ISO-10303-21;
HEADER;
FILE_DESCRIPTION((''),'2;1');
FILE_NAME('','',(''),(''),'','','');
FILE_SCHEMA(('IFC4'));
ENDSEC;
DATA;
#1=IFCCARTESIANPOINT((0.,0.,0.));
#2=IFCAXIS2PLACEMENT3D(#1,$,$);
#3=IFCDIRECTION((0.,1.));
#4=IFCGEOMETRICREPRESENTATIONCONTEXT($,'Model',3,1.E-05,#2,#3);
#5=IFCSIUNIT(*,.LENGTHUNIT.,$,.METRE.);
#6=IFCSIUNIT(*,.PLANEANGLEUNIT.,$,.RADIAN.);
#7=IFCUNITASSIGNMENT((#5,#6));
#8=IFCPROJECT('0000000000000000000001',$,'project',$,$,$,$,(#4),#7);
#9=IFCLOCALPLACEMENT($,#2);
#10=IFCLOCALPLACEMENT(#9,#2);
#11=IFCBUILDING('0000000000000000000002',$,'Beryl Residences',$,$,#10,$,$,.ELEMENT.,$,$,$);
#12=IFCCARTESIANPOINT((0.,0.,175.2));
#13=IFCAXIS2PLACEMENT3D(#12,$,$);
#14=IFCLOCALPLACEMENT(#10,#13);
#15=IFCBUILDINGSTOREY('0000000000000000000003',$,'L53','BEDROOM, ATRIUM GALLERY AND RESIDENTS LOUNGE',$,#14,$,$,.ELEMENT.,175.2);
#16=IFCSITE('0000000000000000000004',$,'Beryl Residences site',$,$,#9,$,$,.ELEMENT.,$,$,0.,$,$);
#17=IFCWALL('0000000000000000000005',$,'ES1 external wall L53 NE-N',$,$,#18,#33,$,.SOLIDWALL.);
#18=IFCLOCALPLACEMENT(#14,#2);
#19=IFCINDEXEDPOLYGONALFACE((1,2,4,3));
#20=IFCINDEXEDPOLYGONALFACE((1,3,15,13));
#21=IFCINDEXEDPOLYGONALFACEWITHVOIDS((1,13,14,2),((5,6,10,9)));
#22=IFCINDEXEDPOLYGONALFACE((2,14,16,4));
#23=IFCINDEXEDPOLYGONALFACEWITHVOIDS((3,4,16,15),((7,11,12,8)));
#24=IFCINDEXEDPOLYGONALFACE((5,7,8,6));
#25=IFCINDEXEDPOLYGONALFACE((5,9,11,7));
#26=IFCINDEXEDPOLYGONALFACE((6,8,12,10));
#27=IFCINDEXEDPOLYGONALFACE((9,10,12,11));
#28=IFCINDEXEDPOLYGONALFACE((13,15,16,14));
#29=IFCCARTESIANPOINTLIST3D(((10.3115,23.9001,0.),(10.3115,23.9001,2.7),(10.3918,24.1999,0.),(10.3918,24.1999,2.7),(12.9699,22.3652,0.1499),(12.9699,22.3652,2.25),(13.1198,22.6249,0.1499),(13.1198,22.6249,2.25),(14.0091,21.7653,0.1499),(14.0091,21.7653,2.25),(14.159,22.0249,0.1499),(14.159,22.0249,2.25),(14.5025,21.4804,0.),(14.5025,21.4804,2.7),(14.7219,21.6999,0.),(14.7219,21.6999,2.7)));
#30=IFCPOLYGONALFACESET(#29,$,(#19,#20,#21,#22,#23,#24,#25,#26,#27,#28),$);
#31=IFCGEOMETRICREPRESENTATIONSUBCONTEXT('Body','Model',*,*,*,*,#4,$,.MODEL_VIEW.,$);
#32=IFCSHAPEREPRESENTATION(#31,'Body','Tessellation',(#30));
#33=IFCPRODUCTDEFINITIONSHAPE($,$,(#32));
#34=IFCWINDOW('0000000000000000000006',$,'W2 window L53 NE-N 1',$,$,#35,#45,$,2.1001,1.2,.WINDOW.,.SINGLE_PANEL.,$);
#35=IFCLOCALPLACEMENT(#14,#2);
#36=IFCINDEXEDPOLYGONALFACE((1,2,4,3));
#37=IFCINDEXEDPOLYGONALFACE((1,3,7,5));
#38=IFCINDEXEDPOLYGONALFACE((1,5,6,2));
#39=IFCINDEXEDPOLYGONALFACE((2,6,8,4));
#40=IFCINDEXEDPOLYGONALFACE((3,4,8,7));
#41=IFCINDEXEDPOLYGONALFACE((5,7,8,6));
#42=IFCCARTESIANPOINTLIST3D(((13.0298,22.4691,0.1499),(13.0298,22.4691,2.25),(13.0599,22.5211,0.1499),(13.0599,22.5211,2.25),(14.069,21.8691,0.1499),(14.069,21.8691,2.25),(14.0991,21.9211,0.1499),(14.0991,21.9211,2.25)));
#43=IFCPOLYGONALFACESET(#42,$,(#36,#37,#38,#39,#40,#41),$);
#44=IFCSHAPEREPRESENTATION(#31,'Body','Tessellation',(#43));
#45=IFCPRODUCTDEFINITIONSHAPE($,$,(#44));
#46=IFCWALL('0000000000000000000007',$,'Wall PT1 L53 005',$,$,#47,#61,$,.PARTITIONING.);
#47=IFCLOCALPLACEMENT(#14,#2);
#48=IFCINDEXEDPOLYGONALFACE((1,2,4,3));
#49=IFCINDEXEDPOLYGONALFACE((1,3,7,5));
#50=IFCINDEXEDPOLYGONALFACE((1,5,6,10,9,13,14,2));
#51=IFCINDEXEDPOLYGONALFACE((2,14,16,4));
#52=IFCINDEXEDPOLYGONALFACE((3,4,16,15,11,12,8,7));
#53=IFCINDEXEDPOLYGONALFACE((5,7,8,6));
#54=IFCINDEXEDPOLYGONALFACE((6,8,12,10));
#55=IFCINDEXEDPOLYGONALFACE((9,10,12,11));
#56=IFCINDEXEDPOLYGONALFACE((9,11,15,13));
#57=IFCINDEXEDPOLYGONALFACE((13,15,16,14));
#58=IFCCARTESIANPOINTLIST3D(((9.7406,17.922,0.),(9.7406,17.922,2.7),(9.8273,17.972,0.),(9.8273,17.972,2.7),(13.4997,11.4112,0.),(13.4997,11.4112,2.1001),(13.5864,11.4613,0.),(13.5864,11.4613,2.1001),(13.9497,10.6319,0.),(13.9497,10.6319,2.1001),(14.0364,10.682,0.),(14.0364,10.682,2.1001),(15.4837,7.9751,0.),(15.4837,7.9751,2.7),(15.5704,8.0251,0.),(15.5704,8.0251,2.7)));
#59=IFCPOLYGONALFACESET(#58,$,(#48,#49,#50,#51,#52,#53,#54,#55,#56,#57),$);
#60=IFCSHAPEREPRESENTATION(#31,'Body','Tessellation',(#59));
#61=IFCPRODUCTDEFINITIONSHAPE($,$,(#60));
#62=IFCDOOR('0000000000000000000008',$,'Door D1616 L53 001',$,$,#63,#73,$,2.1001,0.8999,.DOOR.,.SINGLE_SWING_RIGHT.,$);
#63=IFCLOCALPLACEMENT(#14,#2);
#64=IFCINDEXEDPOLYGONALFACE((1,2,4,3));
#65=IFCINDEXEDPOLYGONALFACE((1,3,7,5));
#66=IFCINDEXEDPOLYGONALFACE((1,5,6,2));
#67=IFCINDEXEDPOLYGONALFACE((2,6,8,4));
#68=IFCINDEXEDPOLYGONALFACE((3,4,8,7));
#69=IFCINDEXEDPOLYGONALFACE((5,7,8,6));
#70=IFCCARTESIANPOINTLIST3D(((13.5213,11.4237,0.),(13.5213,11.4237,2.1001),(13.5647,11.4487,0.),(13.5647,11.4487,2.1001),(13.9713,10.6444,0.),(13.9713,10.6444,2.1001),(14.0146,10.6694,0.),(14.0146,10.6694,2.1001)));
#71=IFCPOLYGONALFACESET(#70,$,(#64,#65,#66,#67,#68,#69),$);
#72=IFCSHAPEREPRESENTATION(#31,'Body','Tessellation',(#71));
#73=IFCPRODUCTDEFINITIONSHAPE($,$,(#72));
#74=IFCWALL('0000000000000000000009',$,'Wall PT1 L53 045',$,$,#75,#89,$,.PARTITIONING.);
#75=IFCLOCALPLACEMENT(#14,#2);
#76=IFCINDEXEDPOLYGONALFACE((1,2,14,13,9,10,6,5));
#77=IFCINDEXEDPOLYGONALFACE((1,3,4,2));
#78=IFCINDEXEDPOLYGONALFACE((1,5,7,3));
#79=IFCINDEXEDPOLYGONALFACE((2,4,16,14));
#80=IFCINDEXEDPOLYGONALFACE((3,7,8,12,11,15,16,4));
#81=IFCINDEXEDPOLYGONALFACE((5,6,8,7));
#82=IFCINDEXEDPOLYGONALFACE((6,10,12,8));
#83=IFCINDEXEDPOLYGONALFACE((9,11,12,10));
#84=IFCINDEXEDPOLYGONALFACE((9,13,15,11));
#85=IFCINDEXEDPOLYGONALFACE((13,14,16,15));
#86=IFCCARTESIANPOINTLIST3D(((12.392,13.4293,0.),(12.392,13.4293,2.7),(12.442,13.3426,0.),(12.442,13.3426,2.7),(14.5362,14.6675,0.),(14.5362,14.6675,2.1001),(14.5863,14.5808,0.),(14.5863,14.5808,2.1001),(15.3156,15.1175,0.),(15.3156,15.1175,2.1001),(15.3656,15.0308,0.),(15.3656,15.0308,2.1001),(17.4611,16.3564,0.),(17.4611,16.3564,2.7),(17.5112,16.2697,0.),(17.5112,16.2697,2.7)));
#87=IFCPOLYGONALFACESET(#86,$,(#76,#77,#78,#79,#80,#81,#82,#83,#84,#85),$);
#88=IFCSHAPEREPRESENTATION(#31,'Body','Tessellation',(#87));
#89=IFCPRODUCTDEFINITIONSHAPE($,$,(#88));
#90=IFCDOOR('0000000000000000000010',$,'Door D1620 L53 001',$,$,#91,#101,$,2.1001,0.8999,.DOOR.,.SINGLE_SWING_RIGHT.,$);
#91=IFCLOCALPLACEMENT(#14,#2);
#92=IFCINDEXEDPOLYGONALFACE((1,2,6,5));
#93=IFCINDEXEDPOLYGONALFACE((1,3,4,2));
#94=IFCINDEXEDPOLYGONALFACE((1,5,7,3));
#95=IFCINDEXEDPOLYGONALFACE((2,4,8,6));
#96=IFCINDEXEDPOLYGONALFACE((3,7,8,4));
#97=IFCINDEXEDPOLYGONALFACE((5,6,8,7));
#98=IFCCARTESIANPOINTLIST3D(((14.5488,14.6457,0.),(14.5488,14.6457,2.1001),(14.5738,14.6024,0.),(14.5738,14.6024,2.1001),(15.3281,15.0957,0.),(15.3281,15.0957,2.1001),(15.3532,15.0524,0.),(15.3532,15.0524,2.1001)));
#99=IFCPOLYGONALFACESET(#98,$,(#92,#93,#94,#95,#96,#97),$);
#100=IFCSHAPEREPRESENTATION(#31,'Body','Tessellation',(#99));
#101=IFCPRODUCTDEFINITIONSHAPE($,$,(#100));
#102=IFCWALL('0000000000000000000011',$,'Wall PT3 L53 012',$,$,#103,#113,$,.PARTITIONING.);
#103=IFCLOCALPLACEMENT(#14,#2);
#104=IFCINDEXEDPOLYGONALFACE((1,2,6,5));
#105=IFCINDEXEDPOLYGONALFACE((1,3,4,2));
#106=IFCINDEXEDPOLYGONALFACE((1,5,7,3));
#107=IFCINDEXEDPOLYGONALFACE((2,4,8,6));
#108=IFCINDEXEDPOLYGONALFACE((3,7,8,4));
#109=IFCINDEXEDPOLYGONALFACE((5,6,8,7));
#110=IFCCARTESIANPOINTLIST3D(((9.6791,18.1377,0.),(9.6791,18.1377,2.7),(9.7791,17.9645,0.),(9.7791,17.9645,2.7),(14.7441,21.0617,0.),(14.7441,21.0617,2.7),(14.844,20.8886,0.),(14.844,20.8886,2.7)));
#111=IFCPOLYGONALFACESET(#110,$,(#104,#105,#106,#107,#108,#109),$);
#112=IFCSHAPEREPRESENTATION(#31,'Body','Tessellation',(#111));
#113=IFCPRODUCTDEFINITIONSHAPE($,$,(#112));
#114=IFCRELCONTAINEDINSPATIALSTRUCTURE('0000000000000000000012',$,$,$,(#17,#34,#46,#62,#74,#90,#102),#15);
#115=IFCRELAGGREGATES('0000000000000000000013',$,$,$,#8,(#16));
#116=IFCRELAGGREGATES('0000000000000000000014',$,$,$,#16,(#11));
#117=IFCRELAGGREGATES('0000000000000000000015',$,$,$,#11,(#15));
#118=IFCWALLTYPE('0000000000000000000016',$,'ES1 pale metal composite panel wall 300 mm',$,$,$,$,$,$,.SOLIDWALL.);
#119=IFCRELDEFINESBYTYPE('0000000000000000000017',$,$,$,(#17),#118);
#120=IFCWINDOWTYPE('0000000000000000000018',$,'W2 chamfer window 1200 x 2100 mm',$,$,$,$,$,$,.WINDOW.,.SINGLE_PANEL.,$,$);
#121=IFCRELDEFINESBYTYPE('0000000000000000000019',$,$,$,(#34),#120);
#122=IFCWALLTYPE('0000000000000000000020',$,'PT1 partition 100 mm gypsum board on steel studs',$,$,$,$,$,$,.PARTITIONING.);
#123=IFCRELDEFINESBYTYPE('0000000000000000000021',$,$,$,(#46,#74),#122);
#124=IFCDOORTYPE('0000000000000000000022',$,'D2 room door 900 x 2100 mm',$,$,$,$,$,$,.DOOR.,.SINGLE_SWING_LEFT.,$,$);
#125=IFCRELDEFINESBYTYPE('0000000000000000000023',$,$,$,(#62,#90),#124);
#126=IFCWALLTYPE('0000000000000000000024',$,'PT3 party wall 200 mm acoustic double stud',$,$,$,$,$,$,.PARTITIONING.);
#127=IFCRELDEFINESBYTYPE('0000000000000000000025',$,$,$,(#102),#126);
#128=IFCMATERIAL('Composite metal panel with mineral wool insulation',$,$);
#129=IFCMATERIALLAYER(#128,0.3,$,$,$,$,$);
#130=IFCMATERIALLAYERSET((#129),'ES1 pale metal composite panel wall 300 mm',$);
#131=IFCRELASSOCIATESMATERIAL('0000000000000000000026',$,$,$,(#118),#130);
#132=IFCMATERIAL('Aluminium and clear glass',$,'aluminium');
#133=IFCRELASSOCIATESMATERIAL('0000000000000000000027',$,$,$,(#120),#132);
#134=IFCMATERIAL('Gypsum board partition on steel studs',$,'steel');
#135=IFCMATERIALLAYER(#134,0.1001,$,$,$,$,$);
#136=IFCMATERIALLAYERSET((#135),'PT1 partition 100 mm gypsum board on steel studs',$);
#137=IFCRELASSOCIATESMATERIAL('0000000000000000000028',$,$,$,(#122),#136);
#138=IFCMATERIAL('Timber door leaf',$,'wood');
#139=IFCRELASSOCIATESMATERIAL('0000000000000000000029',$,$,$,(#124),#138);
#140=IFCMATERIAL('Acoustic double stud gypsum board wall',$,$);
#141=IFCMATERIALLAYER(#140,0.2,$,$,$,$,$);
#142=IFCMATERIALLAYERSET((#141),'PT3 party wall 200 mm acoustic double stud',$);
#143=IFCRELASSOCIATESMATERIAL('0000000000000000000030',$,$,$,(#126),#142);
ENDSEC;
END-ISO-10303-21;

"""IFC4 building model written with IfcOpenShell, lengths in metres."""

from ifc_helpers import new_model, si_unit, direction, frame, frame_2d, origin, place, context, subcontext, project, spatial, polyline, rectangle, outline, extrude, material, layer, layer_set, type_object, element, fill, save


model = new_model("IFC4")

# Units and contexts
model_context = context("Model", 3, precision=1e-05, world=origin(), true_north=direction((0.0, 1.0)))
body_context = subcontext(model_context, "Body", "Model", "MODEL_VIEW")
ifc_project = project(units=[si_unit("LENGTHUNIT", "METRE"), si_unit("PLANEANGLEUNIT", "RADIAN")], contexts=[model_context])

# Site, building, storey
site_placement = place(None, origin())
site = spatial("IfcSite", under=ifc_project, at=site_placement, Name="Beryl Residences site", CompositionType="ELEMENT", RefElevation=0.0)
building_placement = place(site_placement, origin())
building = spatial("IfcBuilding", under=site, at=building_placement, Name="Beryl Residences", CompositionType="ELEMENT")
storey_placement = place(building_placement, frame((0.0, 0.0, 175.2)))
storey = spatial("IfcBuildingStorey", under=building, at=storey_placement, Name="L53", Description="BEDROOM, ATRIUM GALLERY AND RESIDENTS LOUNGE", CompositionType="ELEMENT", Elevation=175.2)

# Shared definitions
ifc_material_1 = material(Name="Composite metal panel with mineral wool insulation")
ifc_layer_1 = layer(ifc_material_1, 0.3)
ifc_layer_set_1 = layer_set([ifc_layer_1], Name="ES1 pale metal composite panel wall 300 mm")
wall_type_1 = type_object("IfcWallType", Name="ES1 pale metal composite panel wall 300 mm", PredefinedType="SOLIDWALL", material=ifc_layer_set_1)

# Wall, opening, window
wall_1_placement = place(storey_placement, frame((14.647, 21.5701, 0.0), z_axis=(0.0, 0.0, 1.0), x_axis=(-0.866023, 0.500004, 0.0)))
wall_1 = element("IfcWall", 1, at=wall_1_placement, inside=storey, type_object=wall_type_1, Name="ES1 external wall L53 NE-N", PredefinedType="SOLIDWALL", context=body_context, shape_type="SweptSolid", body=[
    extrude(outline(polyline([(0.0, -0.1499), (5.0, -0.1499), (4.9197, 0.1499), (0.0803, 0.1499), (0.0, -0.1499)])), origin(), (0.0, 0.0, 1.0), 2.7),
])
opening_1_placement = place(wall_1_placement, frame((0.6499, 0.0, 0.1499)))
opening_1 = element("IfcOpeningElement", 2, at=opening_1_placement, cuts=wall_1, PredefinedType="OPENING", context=body_context, shape_type="SweptSolid", body=[
    extrude(rectangle(XDim=1.2, YDim=2.1001, at=frame_2d((0.6001, 1.05))), frame((0.0, 0.1599, 0.0), z_axis=(0.0, -1.0, 0.0), x_axis=(1.0, 0.0, 0.0)), (0.0, 0.0, 1.0), 0.3201),
])
ifc_material_2 = material(Name="Aluminium and clear glass", Category="aluminium")
window_type_1 = type_object("IfcWindowType", Name="W2 chamfer window 1200 x 2100 mm", PartitioningType="SINGLE_PANEL", PredefinedType="WINDOW", material=ifc_material_2)
window_1_placement = place(opening_1_placement, origin())
window_1 = element("IfcWindow", 3, at=window_1_placement, inside=storey, type_object=window_type_1, Name="W2 window L53 NE-N 1", OverallHeight=2.1001, OverallWidth=1.2, PartitioningType="SINGLE_PANEL", PredefinedType="WINDOW", context=body_context, shape_type="SweptSolid", body=[
    extrude(rectangle(XDim=1.2, YDim=2.1001, at=frame_2d((0.6001, 1.05))), frame((0.0, 0.03, 0.0), z_axis=(0.0, -1.0, 0.0), x_axis=(1.0, 0.0, 0.0)), (0.0, 0.0, 1.0), 0.0601),
])
fill(opening_1, window_1)

# Walls, openings, doors
ifc_material_3 = material(Name="Gypsum board partition on steel studs", Category="steel")
ifc_layer_2 = layer(ifc_material_3, 0.1001)
ifc_layer_set_2 = layer_set([ifc_layer_2], Name="PT1 partition 100 mm gypsum board on steel studs")
wall_type_2 = type_object("IfcWallType", Name="PT1 partition 100 mm gypsum board on steel studs", PredefinedType="PARTITIONING", material=ifc_layer_set_2)
wall_2_placement = place(storey_placement, frame((9.7839, 17.947, 0.0), z_axis=(0.0, 0.0, 1.0), x_axis=(0.500016, -0.866016, 0.0)))
wall_2 = element("IfcWall", 4, at=wall_2_placement, inside=storey, type_object=wall_type_2, Name="Wall PT1 L53 005", PredefinedType="PARTITIONING", context=body_context, shape_type="SweptSolid", body=[
    extrude(rectangle(XDim=11.4858, YDim=0.1001, at=frame_2d((5.7429, 0.0))), origin(), (0.0, 0.0, 1.0), 2.7),
])
opening_2_placement = place(wall_2_placement, frame((7.5181, 0.0, 0.0)))
opening_2 = element("IfcOpeningElement", 5, at=opening_2_placement, cuts=wall_2, PredefinedType="OPENING", context=body_context, shape_type="SweptSolid", body=[
    extrude(rectangle(XDim=0.8999, YDim=2.1001, at=frame_2d((0.45, 1.05))), frame((0.0, 0.0601, 0.0), z_axis=(0.0, -1.0, 0.0), x_axis=(1.0, 0.0, 0.0)), (0.0, 0.0, 1.0), 0.1201),
])
ifc_material_4 = material(Name="Timber door leaf", Category="wood")
door_type = type_object("IfcDoorType", Name="D2 room door 900 x 2100 mm", OperationType="SINGLE_SWING_LEFT", PredefinedType="DOOR", material=ifc_material_4)
door_1_placement = place(opening_2_placement, origin())
door_1 = element("IfcDoor", 6, at=door_1_placement, inside=storey, type_object=door_type, Name="Door D1616 L53 001", OperationType="SINGLE_SWING_RIGHT", OverallHeight=2.1001, OverallWidth=0.8999, PredefinedType="DOOR", context=body_context, shape_type="SweptSolid", body=[
    extrude(rectangle(XDim=0.8999, YDim=2.1001, at=frame_2d((0.45, 1.05))), frame((0.0, 0.0249, 0.0), z_axis=(0.0, -1.0, 0.0), x_axis=(1.0, 0.0, 0.0)), (0.0, 0.0, 1.0), 0.05),
])
fill(opening_2, door_1)
wall_3_placement = place(storey_placement, frame((12.417, 13.386, 0.0), z_axis=(0.0, 0.0, 1.0), x_axis=(0.865999, 0.500046, 0.0)))
wall_3 = element("IfcWall", 7, at=wall_3_placement, inside=storey, type_object=wall_type_2, Name="Wall PT1 L53 045", PredefinedType="PARTITIONING", context=body_context, shape_type="SweptSolid", body=[
    extrude(rectangle(XDim=5.8535, YDim=0.1001, at=frame_2d((2.9268, 0.0))), origin(), (0.0, 0.0, 1.0), 2.7),
])
opening_3_placement = place(wall_3_placement, frame((2.4761, 0.0, 0.0)))
opening_3 = element("IfcOpeningElement", 8, at=opening_3_placement, cuts=wall_3, PredefinedType="OPENING", context=body_context, shape_type="SweptSolid", body=[
    extrude(rectangle(XDim=0.8999, YDim=2.1001, at=frame_2d((0.45, 1.05))), frame((0.0, 0.0601, 0.0), z_axis=(0.0, -1.0, 0.0), x_axis=(1.0, 0.0, 0.0)), (0.0, 0.0, 1.0), 0.1201),
])
door_2_placement = place(opening_3_placement, origin())
door_2 = element("IfcDoor", 9, at=door_2_placement, inside=storey, type_object=door_type, Name="Door D1620 L53 001", OperationType="SINGLE_SWING_RIGHT", OverallHeight=2.1001, OverallWidth=0.8999, PredefinedType="DOOR", context=body_context, shape_type="SweptSolid", body=[
    extrude(rectangle(XDim=0.8999, YDim=2.1001, at=frame_2d((0.45, 1.05))), frame((0.0, 0.0249, 0.0), z_axis=(0.0, -1.0, 0.0), x_axis=(1.0, 0.0, 0.0)), (0.0, 0.0, 1.0), 0.05),
])
fill(opening_3, door_2)

# Wall
ifc_material_5 = material(Name="Acoustic double stud gypsum board wall")
ifc_layer_3 = layer(ifc_material_5, 0.2)
ifc_layer_set_3 = layer_set([ifc_layer_3], Name="PT3 party wall 200 mm acoustic double stud")
wall_type_3 = type_object("IfcWallType", Name="PT3 party wall 200 mm acoustic double stud", PredefinedType="PARTITIONING", material=ifc_layer_set_3)
wall_4_placement = place(storey_placement, frame((9.729, 18.051, 0.0), z_axis=(0.0, 0.0, 1.0), x_axis=(0.866038, 0.499978, 0.0)))
element("IfcWall", 10, at=wall_4_placement, inside=storey, type_object=wall_type_3, Name="Wall PT3 L53 012", PredefinedType="PARTITIONING", context=body_context, shape_type="SweptSolid", body=[
    extrude(rectangle(XDim=5.8484, YDim=0.2, at=frame_2d((2.9243, 0.0))), origin(), (0.0, 0.0, 1.0), 2.7),
])

save(model, "model.ifc")
